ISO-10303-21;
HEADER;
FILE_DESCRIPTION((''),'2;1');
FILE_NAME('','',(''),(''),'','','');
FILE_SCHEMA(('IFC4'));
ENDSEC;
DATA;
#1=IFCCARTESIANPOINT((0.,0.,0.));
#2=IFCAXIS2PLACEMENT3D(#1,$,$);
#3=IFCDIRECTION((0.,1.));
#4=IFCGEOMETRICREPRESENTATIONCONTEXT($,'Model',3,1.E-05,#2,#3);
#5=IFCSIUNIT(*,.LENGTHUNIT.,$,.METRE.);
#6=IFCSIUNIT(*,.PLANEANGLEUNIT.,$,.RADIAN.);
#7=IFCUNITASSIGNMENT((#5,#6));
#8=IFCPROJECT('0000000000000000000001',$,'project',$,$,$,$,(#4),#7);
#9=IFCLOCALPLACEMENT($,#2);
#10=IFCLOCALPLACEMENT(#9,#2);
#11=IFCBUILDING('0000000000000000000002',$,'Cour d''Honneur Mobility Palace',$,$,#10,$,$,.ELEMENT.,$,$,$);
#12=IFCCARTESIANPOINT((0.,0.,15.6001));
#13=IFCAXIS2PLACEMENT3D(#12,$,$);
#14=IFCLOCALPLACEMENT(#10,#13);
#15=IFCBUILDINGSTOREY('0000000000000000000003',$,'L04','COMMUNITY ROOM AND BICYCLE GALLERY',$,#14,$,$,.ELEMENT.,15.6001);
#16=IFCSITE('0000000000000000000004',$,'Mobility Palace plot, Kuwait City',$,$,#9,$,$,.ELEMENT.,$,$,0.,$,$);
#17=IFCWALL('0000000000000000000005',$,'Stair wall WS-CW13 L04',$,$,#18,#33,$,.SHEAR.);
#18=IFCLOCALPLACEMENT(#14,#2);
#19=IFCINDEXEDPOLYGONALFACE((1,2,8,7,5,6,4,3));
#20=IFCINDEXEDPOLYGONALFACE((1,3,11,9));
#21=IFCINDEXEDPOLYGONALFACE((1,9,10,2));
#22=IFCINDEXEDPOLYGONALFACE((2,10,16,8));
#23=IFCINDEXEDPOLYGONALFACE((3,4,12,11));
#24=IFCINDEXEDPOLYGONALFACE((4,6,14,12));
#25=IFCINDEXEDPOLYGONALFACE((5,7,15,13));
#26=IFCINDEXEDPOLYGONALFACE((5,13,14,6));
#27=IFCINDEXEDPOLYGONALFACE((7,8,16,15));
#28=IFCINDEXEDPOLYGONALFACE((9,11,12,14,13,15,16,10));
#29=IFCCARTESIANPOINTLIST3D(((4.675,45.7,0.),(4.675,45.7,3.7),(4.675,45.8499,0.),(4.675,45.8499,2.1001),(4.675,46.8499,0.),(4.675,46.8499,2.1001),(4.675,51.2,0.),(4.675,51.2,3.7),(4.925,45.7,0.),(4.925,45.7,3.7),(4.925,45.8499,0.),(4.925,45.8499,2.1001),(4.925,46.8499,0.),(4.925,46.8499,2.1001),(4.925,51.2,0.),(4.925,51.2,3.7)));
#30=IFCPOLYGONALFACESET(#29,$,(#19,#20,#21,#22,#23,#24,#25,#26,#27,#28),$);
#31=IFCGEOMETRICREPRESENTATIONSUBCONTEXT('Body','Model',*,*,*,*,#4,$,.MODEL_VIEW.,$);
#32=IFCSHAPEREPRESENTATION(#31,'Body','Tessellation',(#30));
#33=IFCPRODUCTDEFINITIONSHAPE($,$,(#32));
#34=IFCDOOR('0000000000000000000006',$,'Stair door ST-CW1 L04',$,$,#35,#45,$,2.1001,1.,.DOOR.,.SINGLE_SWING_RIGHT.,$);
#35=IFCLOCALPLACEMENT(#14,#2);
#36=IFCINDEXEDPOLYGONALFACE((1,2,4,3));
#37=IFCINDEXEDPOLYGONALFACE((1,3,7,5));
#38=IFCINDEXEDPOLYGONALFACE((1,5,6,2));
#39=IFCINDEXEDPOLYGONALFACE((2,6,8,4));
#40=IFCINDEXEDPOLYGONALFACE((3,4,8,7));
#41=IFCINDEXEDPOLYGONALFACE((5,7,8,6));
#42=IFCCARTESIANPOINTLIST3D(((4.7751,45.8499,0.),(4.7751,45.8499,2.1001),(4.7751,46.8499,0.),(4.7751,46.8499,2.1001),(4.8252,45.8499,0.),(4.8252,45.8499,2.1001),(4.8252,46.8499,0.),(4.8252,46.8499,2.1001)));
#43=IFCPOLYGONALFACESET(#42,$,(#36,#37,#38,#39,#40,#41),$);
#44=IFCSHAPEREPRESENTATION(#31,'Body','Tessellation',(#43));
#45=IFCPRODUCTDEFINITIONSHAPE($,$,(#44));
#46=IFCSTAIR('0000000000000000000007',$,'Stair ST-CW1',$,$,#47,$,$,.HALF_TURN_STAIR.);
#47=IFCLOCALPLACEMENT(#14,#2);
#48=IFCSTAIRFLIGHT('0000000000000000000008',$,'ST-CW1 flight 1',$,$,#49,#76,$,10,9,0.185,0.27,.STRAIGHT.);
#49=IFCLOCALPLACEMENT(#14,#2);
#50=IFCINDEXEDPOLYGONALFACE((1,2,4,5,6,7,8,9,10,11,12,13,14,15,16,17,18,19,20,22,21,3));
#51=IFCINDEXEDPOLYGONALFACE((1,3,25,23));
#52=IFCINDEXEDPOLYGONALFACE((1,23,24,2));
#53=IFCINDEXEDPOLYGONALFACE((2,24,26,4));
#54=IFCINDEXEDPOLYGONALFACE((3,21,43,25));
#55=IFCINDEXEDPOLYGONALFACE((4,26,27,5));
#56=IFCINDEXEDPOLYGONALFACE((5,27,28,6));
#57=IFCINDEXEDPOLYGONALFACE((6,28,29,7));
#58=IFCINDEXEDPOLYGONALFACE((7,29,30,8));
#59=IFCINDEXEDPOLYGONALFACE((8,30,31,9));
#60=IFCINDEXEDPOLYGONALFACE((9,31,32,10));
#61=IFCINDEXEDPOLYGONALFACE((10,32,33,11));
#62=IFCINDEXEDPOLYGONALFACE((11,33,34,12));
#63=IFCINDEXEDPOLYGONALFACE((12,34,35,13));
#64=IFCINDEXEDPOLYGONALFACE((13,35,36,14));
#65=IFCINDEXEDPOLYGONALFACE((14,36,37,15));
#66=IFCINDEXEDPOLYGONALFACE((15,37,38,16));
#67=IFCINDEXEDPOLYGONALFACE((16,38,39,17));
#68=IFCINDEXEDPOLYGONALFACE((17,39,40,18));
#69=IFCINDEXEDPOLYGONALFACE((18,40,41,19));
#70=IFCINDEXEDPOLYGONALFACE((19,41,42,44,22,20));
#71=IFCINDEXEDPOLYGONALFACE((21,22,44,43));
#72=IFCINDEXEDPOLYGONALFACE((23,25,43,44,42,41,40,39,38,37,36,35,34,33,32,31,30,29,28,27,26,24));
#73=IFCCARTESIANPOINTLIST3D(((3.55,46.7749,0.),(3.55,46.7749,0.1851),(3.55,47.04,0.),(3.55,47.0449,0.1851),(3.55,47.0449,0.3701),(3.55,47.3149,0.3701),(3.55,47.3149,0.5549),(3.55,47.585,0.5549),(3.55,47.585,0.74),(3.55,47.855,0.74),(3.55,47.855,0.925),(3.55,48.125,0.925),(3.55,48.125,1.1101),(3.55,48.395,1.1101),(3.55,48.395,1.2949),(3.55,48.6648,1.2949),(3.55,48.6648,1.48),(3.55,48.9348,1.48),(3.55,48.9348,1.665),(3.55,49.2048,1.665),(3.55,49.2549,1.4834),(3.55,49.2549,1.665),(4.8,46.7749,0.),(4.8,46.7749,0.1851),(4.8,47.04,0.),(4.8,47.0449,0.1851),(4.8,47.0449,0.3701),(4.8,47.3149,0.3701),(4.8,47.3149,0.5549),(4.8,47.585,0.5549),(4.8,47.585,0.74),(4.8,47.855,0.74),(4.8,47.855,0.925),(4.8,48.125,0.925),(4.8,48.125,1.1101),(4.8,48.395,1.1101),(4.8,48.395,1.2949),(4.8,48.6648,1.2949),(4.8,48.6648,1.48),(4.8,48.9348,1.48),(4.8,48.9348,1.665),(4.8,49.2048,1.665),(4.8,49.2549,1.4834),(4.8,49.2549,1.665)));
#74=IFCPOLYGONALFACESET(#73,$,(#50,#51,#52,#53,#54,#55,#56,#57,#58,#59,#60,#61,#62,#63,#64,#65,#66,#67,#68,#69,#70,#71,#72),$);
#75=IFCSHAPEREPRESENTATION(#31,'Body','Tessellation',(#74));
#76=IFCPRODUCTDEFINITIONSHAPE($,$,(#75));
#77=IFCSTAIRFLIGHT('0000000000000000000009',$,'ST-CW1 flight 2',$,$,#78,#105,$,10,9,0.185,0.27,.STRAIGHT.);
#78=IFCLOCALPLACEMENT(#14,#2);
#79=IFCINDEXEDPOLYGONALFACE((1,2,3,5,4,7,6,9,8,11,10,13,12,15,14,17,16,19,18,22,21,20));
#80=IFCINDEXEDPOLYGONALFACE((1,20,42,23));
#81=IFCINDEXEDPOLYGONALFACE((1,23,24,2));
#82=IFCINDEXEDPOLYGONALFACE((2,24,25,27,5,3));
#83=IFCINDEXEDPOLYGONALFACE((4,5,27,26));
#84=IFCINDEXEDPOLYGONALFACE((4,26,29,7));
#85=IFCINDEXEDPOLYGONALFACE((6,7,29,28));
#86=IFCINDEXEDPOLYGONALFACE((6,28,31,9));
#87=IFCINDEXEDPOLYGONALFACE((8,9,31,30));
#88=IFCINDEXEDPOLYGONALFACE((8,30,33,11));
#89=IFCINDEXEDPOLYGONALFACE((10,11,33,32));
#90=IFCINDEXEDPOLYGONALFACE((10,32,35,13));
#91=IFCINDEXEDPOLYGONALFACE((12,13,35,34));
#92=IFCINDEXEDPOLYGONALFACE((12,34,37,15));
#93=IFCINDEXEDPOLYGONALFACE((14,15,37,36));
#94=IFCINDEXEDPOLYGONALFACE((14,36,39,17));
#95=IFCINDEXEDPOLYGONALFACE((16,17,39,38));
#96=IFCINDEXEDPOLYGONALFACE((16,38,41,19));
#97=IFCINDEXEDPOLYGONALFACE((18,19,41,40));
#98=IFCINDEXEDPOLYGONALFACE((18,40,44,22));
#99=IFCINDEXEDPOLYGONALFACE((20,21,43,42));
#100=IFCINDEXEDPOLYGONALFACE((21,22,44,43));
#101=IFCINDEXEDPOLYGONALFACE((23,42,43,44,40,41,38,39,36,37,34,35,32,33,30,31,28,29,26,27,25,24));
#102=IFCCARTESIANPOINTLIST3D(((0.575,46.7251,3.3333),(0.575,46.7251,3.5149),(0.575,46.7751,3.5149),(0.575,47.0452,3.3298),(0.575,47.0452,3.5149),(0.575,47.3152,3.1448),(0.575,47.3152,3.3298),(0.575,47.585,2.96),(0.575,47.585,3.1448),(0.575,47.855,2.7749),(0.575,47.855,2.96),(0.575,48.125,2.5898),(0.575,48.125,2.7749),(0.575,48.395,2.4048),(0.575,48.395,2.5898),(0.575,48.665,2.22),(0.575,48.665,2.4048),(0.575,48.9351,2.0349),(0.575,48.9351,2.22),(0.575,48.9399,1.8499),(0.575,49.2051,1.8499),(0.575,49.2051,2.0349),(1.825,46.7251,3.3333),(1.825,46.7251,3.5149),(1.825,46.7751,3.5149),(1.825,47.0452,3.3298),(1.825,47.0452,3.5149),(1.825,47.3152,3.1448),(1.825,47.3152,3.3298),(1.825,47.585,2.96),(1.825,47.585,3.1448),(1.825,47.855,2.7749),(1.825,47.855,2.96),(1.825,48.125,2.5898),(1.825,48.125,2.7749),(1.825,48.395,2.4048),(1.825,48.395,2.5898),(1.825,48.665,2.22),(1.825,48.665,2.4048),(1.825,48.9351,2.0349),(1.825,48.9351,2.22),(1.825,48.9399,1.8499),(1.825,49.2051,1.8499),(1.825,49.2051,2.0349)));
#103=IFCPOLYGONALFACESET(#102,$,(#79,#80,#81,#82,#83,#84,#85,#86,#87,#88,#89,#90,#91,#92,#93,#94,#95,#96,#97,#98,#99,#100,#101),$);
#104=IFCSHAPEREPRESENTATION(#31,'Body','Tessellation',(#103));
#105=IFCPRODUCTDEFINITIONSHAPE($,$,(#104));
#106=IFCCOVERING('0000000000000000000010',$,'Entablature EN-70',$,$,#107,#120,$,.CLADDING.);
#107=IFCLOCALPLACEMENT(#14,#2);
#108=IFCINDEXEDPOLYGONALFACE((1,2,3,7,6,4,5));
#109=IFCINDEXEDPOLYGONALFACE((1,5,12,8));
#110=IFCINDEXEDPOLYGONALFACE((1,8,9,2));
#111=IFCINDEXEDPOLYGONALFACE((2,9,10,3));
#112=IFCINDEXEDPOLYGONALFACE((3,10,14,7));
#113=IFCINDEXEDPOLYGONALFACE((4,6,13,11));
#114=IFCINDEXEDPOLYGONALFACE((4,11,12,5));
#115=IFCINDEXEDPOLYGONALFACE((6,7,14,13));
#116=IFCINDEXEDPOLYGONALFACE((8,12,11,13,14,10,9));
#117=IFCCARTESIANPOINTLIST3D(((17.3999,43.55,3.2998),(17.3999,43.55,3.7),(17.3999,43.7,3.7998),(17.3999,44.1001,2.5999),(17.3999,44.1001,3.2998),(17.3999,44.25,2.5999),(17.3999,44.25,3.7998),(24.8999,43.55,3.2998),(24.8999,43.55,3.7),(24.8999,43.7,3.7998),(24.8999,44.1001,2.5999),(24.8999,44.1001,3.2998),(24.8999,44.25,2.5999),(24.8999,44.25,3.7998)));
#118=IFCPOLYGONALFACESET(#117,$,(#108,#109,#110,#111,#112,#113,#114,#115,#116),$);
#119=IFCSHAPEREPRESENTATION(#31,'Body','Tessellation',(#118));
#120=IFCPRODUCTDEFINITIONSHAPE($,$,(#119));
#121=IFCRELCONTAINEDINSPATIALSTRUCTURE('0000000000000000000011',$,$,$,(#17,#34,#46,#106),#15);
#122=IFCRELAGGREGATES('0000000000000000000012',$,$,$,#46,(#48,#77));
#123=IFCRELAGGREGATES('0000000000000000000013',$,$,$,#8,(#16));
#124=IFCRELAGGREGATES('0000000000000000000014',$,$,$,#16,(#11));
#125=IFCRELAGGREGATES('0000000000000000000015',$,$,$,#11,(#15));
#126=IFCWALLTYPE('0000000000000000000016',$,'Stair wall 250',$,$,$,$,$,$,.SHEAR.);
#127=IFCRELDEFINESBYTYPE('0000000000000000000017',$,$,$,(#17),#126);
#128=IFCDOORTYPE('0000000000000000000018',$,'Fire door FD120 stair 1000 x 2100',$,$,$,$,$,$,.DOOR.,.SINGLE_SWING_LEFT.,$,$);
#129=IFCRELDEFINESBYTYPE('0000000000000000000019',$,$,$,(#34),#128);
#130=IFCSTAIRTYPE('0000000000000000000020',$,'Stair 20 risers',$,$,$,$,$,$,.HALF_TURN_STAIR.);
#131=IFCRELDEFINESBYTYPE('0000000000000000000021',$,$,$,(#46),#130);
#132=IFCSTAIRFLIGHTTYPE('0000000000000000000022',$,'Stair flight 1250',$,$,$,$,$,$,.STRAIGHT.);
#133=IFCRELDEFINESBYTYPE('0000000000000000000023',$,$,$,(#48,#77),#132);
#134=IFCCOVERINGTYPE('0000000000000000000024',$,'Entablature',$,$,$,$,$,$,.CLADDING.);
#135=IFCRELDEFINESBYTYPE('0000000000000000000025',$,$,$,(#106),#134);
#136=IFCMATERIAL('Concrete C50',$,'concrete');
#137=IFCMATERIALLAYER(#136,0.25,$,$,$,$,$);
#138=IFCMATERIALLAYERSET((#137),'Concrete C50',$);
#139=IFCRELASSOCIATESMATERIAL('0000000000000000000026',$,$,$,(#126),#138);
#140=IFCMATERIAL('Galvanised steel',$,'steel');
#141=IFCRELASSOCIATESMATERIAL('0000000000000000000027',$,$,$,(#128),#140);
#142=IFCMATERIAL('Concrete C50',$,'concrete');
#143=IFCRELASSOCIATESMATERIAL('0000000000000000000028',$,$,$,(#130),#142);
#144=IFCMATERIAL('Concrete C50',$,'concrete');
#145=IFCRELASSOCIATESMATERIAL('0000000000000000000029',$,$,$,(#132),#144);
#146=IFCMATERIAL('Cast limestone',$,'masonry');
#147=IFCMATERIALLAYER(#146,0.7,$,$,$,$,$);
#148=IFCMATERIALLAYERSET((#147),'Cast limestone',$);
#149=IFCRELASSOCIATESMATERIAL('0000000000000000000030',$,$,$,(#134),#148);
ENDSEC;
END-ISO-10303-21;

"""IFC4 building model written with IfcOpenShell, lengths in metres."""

from ifc_helpers import new_model, si_unit, direction, frame, frame_2d, origin, place, context, subcontext, project, spatial, polyline, rectangle, outline, extrude, material, layer, layer_set, type_object, element, fill, aggregate, save


model = new_model("IFC4")

# Units and contexts
model_context = context("Model", 3, precision=1e-05, world=origin(), true_north=direction((0.0, 1.0)))
body_context = subcontext(model_context, "Body", "Model", "MODEL_VIEW")
ifc_project = project(units=[si_unit("LENGTHUNIT", "METRE"), si_unit("PLANEANGLEUNIT", "RADIAN")], contexts=[model_context])

# Site, building, storey
site_placement = place(None, origin())
site = spatial("IfcSite", under=ifc_project, at=site_placement, Name="Mobility Palace plot, Kuwait City", CompositionType="ELEMENT", RefElevation=0.0)
building_placement = place(site_placement, origin())
building = spatial("IfcBuilding", under=site, at=building_placement, Name="Cour d'Honneur Mobility Palace", CompositionType="ELEMENT")
storey_placement = place(building_placement, frame((0.0, 0.0, 15.6001)))
storey = spatial("IfcBuildingStorey", under=building, at=storey_placement, Name="L04", Description="COMMUNITY ROOM AND BICYCLE GALLERY", CompositionType="ELEMENT", Elevation=15.6001)

# Wall, opening, door
ifc_material_1 = material(Name="Concrete C50", Category="concrete")
ifc_layer_1 = layer(ifc_material_1, 0.25)
ifc_layer_set_1 = layer_set([ifc_layer_1], Name="Concrete C50")
wall_type_1 = type_object("IfcWallType", Name="Stair wall 250", PredefinedType="SHEAR", material=ifc_layer_set_1)
wall_1_placement = place(storey_placement, frame((4.8, 45.7, 0.0), z_axis=(0.0, 0.0, 1.0), x_axis=(0.0, 1.0, 0.0)))
wall_1 = element("IfcWall", 1, at=wall_1_placement, inside=storey, type_object=wall_type_1, Name="Stair wall WS-CW13 L04", PredefinedType="SHEAR", context=body_context, shape_type="SweptSolid", body=[
    extrude(rectangle(XDim=5.5, YDim=0.25, at=frame_2d((2.75, 0.0))), origin(), (0.0, 0.0, 1.0), 3.7),
])
opening_1_placement = place(wall_1_placement, frame((0.1499, 0.0, 0.0)))
opening_1 = element("IfcOpeningElement", 2, at=opening_1_placement, cuts=wall_1, PredefinedType="OPENING", context=body_context, shape_type="SweptSolid", body=[
    extrude(rectangle(XDim=1.0, YDim=2.1001, at=frame_2d((0.5, 1.05))), frame((0.0, 0.135, 0.0), z_axis=(0.0, -1.0, 0.0), x_axis=(1.0, 0.0, 0.0)), (0.0, 0.0, 1.0), 0.27),
])
ifc_material_2 = material(Name="Galvanised steel", Category="steel")
door_type_1 = type_object("IfcDoorType", Name="Fire door FD120 stair 1000 x 2100", OperationType="SINGLE_SWING_LEFT", PredefinedType="DOOR", material=ifc_material_2)
door_1_placement = place(opening_1_placement, origin())
door_1 = element("IfcDoor", 3, at=door_1_placement, inside=storey, type_object=door_type_1, Name="Stair door ST-CW1 L04", OperationType="SINGLE_SWING_RIGHT", OverallHeight=2.1001, OverallWidth=1.0, PredefinedType="DOOR", context=body_context, shape_type="SweptSolid", body=[
    extrude(rectangle(XDim=1.0, YDim=2.1001, at=frame_2d((0.5, 1.05))), frame((0.0, 0.0249, 0.0), z_axis=(0.0, -1.0, 0.0), x_axis=(1.0, 0.0, 0.0)), (0.0, 0.0, 1.0), 0.05),
])
fill(opening_1, door_1)

# Stair, stair flights
ifc_material_3 = material(Name="Concrete C50", Category="concrete")
stair_type = type_object("IfcStairType", Name="Stair 20 risers", PredefinedType="HALF_TURN_STAIR", material=ifc_material_3)
stair_placement = place(storey_placement, origin())
stair = element("IfcStair", 4, at=stair_placement, inside=storey, type_object=stair_type, Name="Stair ST-CW1", PredefinedType="HALF_TURN_STAIR")
ifc_material_4 = material(Name="Concrete C50", Category="concrete")
stair_flight_type = type_object("IfcStairFlightType", Name="Stair flight 1250", PredefinedType="STRAIGHT", material=ifc_material_4)
stair_flight_1_placement = place(storey_placement, frame((4.175, 46.7749, 0.0), z_axis=(0.0, 0.0, 1.0), x_axis=(0.0, 1.0, 0.0)))
stair_flight_1 = element("IfcStairFlight", 5, at=stair_flight_1_placement, type_object=stair_flight_type, Name="ST-CW1 flight 1", NumberOfRisers=10, NumberOfTreads=9, PredefinedType="STRAIGHT", RiserHeight=0.185, TreadLength=0.27, context=body_context, shape_type="SweptSolid", body=[
    extrude(outline(polyline([(0.0, 0.0), (0.0, 0.1851), (0.27, 0.1851), (0.27, 0.3701), (0.54, 0.3701), (0.54, 0.5549), (0.8101, 0.5549), (0.8101, 0.74), (1.0801, 0.74), (1.0801, 0.925), (1.3501, 0.925), (1.3501, 1.1101), (1.6201, 1.1101), (1.6201, 1.2949), (1.8899, 1.2949), (1.8899, 1.48), (2.1599, 1.48), (2.1599, 1.665), (2.4299, 1.665), (2.48, 1.665), (2.48, 1.4834), (0.2651, 0.0), (0.0, 0.0)])), frame((0.0, 0.625, 0.0), z_axis=(0.0, -1.0, 0.0), x_axis=(1.0, 0.0, 0.0)), (0.0, 0.0, 1.0), 1.25),
])
stair_flight_2_placement = place(storey_placement, frame((1.2, 49.2051, 1.8499), z_axis=(0.0, 0.0, 1.0), x_axis=(0.0, -1.0, 0.0)))
stair_flight_2 = element("IfcStairFlight", 6, at=stair_flight_2_placement, type_object=stair_flight_type, Name="ST-CW1 flight 2", NumberOfRisers=10, NumberOfTreads=9, PredefinedType="STRAIGHT", RiserHeight=0.185, TreadLength=0.27, context=body_context, shape_type="SweptSolid", body=[
    extrude(outline(polyline([(0.0, 0.0), (0.0, 0.1851), (0.27, 0.1851), (0.27, 0.3701), (0.54, 0.3701), (0.54, 0.5549), (0.8101, 0.5549), (0.8101, 0.74), (1.0801, 0.74), (1.0801, 0.925), (1.3501, 0.925), (1.3501, 1.1101), (1.6201, 1.1101), (1.6201, 1.2949), (1.8899, 1.2949), (1.8899, 1.48), (2.1599, 1.48), (2.1599, 1.665), (2.4299, 1.665), (2.48, 1.665), (2.48, 1.4834), (0.2651, 0.0), (0.0, 0.0)])), frame((0.0, 0.625, 0.0), z_axis=(0.0, -1.0, 0.0), x_axis=(1.0, 0.0, 0.0)), (0.0, 0.0, 1.0), 1.25),
])
aggregate(stair, [stair_flight_1, stair_flight_2])

# Covering
ifc_material_5 = material(Name="Cast limestone", Category="masonry")
ifc_layer_2 = layer(ifc_material_5, 0.7)
ifc_layer_set_2 = layer_set([ifc_layer_2], Name="Cast limestone")
covering_type_1 = type_object("IfcCoveringType", Name="Entablature", PredefinedType="CLADDING", material=ifc_layer_set_2)
covering_1_placement = place(storey_placement, frame((17.3999, 44.25, 2.5999), z_axis=(-1.0, 0.0, 0.0), x_axis=(0.0, -1.0, 0.0)))
element("IfcCovering", 7, at=covering_1_placement, inside=storey, type_object=covering_type_1, Name="Entablature EN-70", PredefinedType="CLADDING", context=body_context, shape_type="SweptSolid", body=[
    extrude(outline(polyline([(0.0, 0.0), (0.1499, 0.0), (0.1499, 0.7), (0.7, 0.7), (0.7, 1.1001), (0.55, 1.2), (0.0, 1.2), (0.0, 0.0)])), origin(), (0.0, 0.0, -1.0), 7.5),
])

save(model, "model.ifc")
